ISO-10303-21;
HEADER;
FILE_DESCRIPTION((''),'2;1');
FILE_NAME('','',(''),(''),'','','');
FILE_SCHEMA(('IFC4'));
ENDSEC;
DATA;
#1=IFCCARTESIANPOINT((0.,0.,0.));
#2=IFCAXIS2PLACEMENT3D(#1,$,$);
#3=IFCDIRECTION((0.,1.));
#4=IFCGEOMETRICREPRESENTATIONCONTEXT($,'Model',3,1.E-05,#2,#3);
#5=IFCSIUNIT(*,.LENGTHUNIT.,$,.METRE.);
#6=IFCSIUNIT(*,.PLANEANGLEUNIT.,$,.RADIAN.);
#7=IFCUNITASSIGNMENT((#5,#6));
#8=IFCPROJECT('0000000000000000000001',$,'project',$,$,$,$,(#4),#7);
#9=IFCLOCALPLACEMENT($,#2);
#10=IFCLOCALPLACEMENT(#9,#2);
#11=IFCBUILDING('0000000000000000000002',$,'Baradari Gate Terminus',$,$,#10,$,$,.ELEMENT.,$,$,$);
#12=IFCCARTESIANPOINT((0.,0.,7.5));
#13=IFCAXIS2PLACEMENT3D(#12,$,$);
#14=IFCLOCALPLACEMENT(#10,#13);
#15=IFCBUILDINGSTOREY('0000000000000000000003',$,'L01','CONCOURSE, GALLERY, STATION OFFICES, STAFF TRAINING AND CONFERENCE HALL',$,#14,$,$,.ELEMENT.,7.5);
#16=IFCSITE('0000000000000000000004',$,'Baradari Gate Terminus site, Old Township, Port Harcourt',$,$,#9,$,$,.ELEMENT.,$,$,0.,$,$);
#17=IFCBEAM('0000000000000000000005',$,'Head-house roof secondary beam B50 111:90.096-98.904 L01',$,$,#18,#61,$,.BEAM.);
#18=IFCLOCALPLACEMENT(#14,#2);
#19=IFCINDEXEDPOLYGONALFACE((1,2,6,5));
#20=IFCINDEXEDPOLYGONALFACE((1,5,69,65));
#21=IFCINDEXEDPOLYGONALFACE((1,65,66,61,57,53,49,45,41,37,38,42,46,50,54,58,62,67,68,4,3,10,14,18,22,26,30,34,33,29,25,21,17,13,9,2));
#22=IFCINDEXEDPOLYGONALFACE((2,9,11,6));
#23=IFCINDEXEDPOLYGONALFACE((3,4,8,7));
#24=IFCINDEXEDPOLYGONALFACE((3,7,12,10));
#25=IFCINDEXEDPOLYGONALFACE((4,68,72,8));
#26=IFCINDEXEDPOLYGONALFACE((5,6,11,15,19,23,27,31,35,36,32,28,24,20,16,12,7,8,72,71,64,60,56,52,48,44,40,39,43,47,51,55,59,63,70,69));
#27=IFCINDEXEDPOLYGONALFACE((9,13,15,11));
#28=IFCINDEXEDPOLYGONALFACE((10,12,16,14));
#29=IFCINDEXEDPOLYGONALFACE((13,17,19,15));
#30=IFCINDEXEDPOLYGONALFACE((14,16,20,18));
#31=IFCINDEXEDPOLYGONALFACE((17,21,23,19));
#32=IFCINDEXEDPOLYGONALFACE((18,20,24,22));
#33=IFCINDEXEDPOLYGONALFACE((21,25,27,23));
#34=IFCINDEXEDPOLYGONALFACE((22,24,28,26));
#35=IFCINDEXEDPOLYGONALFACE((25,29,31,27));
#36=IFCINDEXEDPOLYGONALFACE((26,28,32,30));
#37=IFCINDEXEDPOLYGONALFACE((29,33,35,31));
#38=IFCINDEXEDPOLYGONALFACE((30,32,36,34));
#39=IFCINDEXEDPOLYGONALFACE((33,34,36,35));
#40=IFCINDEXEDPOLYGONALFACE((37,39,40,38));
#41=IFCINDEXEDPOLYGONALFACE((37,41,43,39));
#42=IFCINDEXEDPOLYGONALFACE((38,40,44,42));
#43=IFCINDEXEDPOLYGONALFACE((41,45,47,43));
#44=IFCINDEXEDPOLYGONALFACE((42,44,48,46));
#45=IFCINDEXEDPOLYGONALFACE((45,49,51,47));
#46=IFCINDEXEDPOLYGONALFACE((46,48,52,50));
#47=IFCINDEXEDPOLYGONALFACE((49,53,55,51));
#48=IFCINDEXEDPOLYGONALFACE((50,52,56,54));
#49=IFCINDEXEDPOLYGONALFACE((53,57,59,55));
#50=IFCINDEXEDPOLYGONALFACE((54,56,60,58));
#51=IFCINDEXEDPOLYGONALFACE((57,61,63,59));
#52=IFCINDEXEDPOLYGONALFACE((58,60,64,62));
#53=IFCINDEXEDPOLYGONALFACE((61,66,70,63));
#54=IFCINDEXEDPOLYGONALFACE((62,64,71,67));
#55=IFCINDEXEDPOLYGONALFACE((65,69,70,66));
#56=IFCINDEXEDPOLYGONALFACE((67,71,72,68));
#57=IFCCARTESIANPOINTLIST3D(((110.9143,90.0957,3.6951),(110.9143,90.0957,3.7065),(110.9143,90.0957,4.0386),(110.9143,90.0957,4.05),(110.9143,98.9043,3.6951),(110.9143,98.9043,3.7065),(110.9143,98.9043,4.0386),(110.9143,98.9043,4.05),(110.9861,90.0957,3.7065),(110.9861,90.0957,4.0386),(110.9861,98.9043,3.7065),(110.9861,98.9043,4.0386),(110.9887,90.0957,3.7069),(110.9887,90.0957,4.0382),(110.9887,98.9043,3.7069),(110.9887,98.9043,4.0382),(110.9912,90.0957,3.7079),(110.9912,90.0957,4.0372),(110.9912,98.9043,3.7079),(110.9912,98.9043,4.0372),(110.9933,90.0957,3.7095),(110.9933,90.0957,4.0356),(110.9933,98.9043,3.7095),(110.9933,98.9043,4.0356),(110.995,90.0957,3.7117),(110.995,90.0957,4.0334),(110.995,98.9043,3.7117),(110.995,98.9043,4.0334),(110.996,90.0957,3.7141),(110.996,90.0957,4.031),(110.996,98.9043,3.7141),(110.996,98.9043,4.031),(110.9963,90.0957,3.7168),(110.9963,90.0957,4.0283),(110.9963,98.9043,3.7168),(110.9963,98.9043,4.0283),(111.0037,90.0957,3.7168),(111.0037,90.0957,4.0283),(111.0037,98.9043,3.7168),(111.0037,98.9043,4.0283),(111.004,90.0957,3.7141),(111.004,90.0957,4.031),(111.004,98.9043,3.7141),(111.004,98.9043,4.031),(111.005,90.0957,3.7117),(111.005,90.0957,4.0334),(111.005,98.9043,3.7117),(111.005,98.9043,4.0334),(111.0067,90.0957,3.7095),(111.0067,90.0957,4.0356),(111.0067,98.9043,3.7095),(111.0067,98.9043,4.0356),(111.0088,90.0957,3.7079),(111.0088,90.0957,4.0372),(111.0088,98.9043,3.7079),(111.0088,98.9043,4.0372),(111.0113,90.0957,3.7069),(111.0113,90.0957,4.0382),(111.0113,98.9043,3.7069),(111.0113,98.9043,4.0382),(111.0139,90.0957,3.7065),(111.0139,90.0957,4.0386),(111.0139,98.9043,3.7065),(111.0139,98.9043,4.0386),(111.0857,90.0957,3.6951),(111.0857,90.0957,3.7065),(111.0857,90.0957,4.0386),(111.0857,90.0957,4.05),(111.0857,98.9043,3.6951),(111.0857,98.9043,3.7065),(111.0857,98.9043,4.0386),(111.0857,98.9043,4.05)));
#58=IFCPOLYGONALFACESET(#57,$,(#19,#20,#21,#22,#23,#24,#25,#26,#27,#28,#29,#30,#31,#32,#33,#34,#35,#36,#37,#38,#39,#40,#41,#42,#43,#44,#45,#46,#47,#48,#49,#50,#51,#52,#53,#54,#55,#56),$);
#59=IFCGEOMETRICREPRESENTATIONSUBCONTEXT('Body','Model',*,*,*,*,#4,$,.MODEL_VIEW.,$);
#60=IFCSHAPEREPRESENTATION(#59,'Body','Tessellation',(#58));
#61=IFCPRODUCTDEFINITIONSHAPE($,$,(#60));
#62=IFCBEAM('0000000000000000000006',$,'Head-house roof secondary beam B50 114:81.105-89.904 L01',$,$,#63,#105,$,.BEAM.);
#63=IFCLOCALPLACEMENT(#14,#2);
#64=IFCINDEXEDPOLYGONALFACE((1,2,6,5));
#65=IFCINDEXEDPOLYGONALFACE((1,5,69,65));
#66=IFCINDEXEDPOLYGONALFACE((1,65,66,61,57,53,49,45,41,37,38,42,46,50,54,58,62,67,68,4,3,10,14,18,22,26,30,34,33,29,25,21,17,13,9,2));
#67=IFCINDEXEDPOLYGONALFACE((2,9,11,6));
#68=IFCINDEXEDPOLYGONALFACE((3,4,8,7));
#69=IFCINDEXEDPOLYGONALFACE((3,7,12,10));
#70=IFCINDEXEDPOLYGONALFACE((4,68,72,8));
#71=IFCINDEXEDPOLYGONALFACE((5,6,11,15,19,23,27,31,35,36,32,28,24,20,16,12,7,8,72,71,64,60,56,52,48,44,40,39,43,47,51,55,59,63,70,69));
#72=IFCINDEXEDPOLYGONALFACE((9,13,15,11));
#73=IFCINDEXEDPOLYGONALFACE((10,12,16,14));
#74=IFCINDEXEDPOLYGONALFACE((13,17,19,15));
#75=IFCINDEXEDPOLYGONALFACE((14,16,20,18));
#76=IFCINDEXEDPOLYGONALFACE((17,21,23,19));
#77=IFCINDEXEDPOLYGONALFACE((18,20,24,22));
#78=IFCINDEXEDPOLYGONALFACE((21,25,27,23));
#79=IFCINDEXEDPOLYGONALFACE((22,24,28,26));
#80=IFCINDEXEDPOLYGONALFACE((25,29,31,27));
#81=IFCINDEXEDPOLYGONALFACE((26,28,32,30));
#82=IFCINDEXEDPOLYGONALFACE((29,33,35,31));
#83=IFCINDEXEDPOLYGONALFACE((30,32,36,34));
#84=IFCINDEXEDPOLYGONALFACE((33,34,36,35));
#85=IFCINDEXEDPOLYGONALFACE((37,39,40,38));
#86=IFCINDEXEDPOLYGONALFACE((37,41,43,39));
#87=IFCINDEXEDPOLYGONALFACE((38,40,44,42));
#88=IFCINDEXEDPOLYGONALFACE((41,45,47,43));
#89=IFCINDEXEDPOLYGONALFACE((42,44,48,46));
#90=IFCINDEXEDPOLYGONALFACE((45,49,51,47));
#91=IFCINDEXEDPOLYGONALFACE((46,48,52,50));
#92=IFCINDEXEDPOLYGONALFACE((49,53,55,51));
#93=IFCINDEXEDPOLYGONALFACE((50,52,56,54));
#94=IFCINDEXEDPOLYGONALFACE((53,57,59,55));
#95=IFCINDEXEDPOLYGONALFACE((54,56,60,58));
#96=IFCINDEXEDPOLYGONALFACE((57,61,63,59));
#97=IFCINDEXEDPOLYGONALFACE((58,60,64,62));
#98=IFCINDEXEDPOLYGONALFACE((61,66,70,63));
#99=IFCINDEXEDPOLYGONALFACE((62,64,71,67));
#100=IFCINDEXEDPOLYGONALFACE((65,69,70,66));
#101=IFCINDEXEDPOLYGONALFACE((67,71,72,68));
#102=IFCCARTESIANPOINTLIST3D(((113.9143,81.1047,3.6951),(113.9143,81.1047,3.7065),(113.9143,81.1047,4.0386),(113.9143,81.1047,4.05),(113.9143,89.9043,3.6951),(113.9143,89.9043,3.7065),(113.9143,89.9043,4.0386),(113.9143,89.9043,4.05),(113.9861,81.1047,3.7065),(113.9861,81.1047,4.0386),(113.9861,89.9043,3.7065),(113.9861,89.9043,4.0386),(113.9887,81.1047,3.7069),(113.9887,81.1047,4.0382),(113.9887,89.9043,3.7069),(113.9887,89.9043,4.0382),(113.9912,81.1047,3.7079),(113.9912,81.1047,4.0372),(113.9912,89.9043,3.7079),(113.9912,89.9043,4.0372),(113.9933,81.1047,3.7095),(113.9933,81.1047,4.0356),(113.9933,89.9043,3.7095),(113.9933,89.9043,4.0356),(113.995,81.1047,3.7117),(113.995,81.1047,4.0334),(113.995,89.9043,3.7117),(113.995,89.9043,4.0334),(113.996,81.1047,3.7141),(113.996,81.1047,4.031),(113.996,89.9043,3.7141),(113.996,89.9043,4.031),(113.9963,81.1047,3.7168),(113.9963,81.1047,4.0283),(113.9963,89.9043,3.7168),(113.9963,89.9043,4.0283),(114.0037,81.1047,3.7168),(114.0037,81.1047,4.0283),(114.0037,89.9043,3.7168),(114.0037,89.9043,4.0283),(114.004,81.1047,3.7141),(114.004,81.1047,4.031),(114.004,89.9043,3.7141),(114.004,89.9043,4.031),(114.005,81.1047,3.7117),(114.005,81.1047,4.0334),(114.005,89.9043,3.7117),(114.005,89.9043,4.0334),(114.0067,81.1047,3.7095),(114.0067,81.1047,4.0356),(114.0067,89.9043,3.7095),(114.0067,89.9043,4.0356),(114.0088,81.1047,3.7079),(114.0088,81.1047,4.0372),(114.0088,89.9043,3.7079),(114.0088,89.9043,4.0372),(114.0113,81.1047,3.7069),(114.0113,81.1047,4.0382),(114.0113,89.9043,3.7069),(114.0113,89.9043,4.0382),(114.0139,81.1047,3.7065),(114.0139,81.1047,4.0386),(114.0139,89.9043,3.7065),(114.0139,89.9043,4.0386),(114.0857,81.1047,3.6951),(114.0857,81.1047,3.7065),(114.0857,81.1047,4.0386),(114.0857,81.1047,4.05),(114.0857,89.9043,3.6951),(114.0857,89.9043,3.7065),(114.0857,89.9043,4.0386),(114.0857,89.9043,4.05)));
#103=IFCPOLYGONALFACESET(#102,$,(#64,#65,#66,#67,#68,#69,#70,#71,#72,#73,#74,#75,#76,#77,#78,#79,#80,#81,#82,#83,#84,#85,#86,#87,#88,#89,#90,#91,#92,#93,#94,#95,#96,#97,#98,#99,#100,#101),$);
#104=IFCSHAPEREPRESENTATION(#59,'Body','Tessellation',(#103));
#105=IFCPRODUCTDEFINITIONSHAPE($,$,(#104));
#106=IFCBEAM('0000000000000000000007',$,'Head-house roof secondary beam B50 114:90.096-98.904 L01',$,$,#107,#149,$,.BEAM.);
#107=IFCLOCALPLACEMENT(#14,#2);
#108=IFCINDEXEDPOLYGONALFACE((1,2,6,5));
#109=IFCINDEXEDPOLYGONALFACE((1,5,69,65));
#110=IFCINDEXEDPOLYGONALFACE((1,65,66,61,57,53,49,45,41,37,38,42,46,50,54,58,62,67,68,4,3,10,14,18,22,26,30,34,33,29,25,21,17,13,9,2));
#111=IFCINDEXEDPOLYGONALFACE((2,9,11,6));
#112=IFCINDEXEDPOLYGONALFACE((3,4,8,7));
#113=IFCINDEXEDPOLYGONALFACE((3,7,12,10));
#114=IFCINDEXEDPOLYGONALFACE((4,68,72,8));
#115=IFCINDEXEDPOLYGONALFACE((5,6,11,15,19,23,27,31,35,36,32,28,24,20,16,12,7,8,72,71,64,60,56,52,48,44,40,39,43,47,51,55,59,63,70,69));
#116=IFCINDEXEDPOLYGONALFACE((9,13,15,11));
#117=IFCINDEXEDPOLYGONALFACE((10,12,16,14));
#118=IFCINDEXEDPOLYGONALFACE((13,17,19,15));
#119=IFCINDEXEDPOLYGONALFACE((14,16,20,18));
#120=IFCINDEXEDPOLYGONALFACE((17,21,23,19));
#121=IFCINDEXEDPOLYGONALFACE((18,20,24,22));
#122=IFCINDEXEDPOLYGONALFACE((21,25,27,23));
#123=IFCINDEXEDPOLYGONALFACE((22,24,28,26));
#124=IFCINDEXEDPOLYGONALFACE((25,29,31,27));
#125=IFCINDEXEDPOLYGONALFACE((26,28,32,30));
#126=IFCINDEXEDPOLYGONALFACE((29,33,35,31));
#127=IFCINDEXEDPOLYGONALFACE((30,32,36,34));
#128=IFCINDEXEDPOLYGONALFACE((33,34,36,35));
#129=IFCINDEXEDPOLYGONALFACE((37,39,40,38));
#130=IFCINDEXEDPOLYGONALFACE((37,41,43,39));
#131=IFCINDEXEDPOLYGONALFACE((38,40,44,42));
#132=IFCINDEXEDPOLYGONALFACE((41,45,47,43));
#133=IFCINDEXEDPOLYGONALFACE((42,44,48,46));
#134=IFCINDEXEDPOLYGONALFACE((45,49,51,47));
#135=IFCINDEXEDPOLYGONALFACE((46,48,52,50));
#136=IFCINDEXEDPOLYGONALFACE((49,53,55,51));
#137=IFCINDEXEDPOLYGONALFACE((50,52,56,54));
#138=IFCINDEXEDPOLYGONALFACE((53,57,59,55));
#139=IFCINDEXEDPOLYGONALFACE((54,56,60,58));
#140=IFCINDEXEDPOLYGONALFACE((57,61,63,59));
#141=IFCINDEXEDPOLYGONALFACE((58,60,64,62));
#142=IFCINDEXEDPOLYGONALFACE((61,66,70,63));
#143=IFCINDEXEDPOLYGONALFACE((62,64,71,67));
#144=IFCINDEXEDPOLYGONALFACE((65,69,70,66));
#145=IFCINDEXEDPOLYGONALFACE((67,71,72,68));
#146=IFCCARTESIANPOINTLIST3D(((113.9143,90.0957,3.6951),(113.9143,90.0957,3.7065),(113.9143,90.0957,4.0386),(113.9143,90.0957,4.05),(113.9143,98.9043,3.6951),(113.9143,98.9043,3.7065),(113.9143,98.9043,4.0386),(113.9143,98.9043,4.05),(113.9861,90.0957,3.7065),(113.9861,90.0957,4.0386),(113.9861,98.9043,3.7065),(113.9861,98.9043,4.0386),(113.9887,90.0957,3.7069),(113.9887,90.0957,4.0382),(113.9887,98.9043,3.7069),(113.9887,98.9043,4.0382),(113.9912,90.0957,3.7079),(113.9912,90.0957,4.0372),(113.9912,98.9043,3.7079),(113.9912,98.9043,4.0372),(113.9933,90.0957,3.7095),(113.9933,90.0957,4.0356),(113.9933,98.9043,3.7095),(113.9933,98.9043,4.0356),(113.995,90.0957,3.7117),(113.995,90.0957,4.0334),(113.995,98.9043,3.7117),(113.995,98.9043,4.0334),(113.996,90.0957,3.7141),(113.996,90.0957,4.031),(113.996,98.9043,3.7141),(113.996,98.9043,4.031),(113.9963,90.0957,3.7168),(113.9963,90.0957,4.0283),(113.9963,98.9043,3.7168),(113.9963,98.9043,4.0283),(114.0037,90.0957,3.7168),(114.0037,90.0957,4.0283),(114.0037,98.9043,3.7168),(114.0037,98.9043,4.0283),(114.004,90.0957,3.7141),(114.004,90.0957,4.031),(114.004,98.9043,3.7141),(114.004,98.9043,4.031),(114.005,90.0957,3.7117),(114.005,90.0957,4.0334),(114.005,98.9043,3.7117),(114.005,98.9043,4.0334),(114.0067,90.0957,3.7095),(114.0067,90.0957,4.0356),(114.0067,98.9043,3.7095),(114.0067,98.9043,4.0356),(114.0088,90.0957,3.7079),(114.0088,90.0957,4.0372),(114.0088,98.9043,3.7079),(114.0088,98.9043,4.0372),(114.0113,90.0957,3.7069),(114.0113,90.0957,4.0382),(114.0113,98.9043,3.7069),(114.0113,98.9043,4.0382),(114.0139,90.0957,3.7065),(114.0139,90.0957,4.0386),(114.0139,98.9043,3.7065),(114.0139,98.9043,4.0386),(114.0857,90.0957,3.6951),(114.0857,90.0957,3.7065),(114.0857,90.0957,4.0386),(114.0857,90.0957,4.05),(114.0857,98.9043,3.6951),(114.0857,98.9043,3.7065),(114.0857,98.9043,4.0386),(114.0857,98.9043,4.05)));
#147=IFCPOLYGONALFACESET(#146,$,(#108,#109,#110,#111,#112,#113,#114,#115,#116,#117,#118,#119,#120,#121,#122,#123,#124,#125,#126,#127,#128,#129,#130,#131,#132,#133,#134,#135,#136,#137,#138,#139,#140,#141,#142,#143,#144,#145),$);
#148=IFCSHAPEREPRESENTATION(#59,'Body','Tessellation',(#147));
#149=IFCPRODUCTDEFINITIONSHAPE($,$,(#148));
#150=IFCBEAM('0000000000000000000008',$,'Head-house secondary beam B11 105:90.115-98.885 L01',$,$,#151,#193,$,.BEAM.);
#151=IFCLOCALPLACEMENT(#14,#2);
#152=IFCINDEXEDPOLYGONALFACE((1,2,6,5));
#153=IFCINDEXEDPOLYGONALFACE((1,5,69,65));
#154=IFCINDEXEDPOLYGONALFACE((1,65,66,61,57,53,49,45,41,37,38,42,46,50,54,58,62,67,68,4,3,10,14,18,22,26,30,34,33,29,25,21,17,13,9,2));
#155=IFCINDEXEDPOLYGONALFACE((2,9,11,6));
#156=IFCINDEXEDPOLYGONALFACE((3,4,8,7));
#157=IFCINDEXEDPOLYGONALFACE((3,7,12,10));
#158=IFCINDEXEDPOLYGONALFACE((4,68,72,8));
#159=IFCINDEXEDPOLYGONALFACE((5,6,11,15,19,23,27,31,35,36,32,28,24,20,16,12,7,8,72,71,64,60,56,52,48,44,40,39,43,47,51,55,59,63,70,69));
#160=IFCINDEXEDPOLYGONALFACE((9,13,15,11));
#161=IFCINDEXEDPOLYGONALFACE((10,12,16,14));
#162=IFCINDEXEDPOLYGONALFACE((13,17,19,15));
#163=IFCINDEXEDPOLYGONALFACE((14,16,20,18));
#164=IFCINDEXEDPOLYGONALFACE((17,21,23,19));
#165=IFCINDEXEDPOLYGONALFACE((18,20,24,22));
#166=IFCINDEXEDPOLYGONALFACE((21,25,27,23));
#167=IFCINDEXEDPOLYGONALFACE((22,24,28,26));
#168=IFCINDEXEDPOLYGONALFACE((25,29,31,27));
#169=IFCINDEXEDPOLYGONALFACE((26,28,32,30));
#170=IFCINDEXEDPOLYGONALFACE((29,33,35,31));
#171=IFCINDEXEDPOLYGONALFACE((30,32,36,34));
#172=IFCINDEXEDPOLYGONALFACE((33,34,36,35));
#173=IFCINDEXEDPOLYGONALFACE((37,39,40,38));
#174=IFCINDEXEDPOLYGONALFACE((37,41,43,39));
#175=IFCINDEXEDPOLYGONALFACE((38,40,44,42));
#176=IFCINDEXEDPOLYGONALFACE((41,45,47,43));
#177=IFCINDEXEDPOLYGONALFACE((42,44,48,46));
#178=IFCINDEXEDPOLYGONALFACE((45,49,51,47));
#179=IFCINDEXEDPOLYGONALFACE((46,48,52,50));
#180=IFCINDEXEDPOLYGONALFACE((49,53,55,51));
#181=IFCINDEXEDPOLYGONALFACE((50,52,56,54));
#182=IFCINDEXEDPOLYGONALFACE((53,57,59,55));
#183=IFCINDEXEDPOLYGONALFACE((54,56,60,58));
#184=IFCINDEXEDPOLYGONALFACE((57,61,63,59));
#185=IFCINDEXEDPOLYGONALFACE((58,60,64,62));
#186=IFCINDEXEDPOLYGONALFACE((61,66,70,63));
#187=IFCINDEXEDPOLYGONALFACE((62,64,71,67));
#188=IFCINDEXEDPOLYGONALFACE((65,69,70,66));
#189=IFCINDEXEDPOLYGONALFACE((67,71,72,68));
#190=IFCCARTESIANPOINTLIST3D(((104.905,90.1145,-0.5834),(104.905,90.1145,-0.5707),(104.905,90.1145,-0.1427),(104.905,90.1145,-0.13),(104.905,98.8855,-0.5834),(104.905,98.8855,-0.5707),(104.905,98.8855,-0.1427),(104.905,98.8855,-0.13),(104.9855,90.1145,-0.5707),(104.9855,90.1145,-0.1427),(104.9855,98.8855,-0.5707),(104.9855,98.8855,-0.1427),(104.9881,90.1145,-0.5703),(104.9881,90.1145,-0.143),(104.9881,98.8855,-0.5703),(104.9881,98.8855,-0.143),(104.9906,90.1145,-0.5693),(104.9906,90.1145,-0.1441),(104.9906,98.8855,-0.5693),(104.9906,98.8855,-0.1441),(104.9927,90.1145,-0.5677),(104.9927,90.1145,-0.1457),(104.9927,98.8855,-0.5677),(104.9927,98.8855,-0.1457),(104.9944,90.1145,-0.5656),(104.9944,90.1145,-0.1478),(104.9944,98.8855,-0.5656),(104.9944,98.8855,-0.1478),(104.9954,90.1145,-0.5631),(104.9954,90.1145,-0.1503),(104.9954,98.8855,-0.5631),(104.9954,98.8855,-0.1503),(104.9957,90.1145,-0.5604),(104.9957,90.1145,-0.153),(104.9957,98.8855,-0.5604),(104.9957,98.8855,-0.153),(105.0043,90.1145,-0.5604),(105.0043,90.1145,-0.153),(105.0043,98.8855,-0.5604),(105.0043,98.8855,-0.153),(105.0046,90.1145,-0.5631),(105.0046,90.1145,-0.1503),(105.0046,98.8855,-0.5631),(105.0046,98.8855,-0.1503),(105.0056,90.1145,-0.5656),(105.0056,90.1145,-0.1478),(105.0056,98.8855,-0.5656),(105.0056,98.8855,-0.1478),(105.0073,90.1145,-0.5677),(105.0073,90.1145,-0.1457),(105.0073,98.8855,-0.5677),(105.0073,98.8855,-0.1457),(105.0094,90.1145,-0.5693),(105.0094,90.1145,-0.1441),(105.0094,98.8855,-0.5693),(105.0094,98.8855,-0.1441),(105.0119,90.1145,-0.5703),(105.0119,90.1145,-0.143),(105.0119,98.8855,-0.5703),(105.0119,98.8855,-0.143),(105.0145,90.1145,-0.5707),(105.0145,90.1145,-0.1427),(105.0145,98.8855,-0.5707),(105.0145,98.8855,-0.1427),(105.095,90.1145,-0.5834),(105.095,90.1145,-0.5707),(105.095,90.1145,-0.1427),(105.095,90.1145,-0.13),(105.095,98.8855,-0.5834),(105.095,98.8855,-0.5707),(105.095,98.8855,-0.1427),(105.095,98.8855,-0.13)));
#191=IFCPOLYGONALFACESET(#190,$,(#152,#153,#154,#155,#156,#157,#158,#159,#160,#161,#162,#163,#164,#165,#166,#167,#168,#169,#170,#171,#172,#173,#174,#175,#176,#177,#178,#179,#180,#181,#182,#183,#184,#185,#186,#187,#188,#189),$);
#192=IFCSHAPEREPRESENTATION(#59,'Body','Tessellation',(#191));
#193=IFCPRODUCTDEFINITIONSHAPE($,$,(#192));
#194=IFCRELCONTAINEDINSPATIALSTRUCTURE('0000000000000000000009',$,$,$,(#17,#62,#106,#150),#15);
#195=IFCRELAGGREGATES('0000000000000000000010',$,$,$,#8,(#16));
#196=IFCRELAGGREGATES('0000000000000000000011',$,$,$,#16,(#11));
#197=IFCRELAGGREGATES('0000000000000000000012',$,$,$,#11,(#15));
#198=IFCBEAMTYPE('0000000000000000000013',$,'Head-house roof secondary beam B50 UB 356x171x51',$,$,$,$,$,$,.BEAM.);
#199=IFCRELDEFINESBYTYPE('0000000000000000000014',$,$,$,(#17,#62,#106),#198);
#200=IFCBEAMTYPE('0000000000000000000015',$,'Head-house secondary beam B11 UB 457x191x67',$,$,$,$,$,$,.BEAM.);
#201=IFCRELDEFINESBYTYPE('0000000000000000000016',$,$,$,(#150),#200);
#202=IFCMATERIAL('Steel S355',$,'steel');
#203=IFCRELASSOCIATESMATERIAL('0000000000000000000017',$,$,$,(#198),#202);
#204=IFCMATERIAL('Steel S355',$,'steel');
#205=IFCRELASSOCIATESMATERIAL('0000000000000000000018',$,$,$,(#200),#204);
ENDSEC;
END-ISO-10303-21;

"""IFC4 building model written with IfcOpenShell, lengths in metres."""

from ifc_helpers import new_model, si_unit, direction, frame, origin, origin_2d, place, context, subcontext, project, spatial, i_section, extrude, material, material_profile, profile_set, type_object, element, save


model = new_model("IFC4")

# Units and contexts
model_context = context("Model", 3, precision=1e-05, world=origin(), true_north=direction((0.0, 1.0)))
body_context = subcontext(model_context, "Body", "Model", "MODEL_VIEW")
ifc_project = project(units=[si_unit("LENGTHUNIT", "METRE"), si_unit("PLANEANGLEUNIT", "RADIAN")], contexts=[model_context])

# Site, building, storey
site_placement = place(None, origin())
site = spatial("IfcSite", under=ifc_project, at=site_placement, Name="Baradari Gate Terminus site, Old Township, Port Harcourt", CompositionType="ELEMENT", RefElevation=0.0)
building_placement = place(site_placement, origin())
building = spatial("IfcBuilding", under=site, at=building_placement, Name="Baradari Gate Terminus", CompositionType="ELEMENT")
storey_placement = place(building_placement, frame((0.0, 0.0, 7.5)))
storey = spatial("IfcBuildingStorey", under=building, at=storey_placement, Name="L01", Description="CONCOURSE, GALLERY, STATION OFFICES, STAFF TRAINING AND CONFERENCE HALL", CompositionType="ELEMENT", Elevation=7.5)

# Beams
ifc_material_1 = material(Name="Steel S355", Category="steel")
ifc_material_profile_1 = material_profile(ifc_material_1, i_section(OverallWidth=0.1714, OverallDepth=0.355, WebThickness=0.0073, FlangeThickness=0.0115, FilletRadius=0.0103, at=origin_2d()), Name="UB 356x171x51")
ifc_profile_set_1 = profile_set([ifc_material_profile_1], Name="Steel S355")
beam_type_1 = type_object("IfcBeamType", Name="Head-house roof secondary beam B50 UB 356x171x51", PredefinedType="BEAM", material=ifc_profile_set_1)
beam_1_placement = place(storey_placement, frame((111.0, 90.0957, 3.8726), z_axis=(0.0, 1.0, 0.0), x_axis=(-1.0, 0.0, 0.0)))
element("IfcBeam", 1, at=beam_1_placement, inside=storey, type_object=beam_type_1, Name="Head-house roof secondary beam B50 111:90.096-98.904 L01", PredefinedType="BEAM", context=body_context, shape_type="SweptSolid", body=[
    extrude(i_section(OverallWidth=0.1714, OverallDepth=0.355, WebThickness=0.0073, FlangeThickness=0.0115, FilletRadius=0.0103, at=origin_2d()), origin(), (0.0, 0.0, 1.0), 8.8086),
])
beam_2_placement = place(storey_placement, frame((114.0, 81.1047, 3.8726), z_axis=(0.0, 1.0, 0.0), x_axis=(-1.0, 0.0, 0.0)))
element("IfcBeam", 2, at=beam_2_placement, inside=storey, type_object=beam_type_1, Name="Head-house roof secondary beam B50 114:81.105-89.904 L01", PredefinedType="BEAM", context=body_context, shape_type="SweptSolid", body=[
    extrude(i_section(OverallWidth=0.1714, OverallDepth=0.355, WebThickness=0.0073, FlangeThickness=0.0115, FilletRadius=0.0103, at=origin_2d()), origin(), (0.0, 0.0, 1.0), 8.7996),
])
beam_3_placement = place(storey_placement, frame((114.0, 90.0957, 3.8726), z_axis=(0.0, 1.0, 0.0), x_axis=(-1.0, 0.0, 0.0)))
element("IfcBeam", 3, at=beam_3_placement, inside=storey, type_object=beam_type_1, Name="Head-house roof secondary beam B50 114:90.096-98.904 L01", PredefinedType="BEAM", context=body_context, shape_type="SweptSolid", body=[
    extrude(i_section(OverallWidth=0.1714, OverallDepth=0.355, WebThickness=0.0073, FlangeThickness=0.0115, FilletRadius=0.0103, at=origin_2d()), origin(), (0.0, 0.0, 1.0), 8.8086),
])
ifc_material_2 = material(Name="Steel S355", Category="steel")
ifc_material_profile_2 = material_profile(ifc_material_2, i_section(OverallWidth=0.1899, OverallDepth=0.4534, WebThickness=0.0085, FlangeThickness=0.0127, FilletRadius=0.0103, at=origin_2d()), Name="UB 457x191x67")
ifc_profile_set_2 = profile_set([ifc_material_profile_2], Name="Steel S355")
beam_type_2 = type_object("IfcBeamType", Name="Head-house secondary beam B11 UB 457x191x67", PredefinedType="BEAM", material=ifc_profile_set_2)
beam_4_placement = place(storey_placement, frame((105.0, 90.1145, -0.3567), z_axis=(0.0, 1.0, 0.0), x_axis=(-1.0, 0.0, 0.0)))
element("IfcBeam", 4, at=beam_4_placement, inside=storey, type_object=beam_type_2, Name="Head-house secondary beam B11 105:90.115-98.885 L01", PredefinedType="BEAM", context=body_context, shape_type="SweptSolid", body=[
    extrude(i_section(OverallWidth=0.1899, OverallDepth=0.4534, WebThickness=0.0085, FlangeThickness=0.0127, FilletRadius=0.0103, at=origin_2d()), origin(), (0.0, 0.0, 1.0), 8.771),
])

save(model, "model.ifc")
